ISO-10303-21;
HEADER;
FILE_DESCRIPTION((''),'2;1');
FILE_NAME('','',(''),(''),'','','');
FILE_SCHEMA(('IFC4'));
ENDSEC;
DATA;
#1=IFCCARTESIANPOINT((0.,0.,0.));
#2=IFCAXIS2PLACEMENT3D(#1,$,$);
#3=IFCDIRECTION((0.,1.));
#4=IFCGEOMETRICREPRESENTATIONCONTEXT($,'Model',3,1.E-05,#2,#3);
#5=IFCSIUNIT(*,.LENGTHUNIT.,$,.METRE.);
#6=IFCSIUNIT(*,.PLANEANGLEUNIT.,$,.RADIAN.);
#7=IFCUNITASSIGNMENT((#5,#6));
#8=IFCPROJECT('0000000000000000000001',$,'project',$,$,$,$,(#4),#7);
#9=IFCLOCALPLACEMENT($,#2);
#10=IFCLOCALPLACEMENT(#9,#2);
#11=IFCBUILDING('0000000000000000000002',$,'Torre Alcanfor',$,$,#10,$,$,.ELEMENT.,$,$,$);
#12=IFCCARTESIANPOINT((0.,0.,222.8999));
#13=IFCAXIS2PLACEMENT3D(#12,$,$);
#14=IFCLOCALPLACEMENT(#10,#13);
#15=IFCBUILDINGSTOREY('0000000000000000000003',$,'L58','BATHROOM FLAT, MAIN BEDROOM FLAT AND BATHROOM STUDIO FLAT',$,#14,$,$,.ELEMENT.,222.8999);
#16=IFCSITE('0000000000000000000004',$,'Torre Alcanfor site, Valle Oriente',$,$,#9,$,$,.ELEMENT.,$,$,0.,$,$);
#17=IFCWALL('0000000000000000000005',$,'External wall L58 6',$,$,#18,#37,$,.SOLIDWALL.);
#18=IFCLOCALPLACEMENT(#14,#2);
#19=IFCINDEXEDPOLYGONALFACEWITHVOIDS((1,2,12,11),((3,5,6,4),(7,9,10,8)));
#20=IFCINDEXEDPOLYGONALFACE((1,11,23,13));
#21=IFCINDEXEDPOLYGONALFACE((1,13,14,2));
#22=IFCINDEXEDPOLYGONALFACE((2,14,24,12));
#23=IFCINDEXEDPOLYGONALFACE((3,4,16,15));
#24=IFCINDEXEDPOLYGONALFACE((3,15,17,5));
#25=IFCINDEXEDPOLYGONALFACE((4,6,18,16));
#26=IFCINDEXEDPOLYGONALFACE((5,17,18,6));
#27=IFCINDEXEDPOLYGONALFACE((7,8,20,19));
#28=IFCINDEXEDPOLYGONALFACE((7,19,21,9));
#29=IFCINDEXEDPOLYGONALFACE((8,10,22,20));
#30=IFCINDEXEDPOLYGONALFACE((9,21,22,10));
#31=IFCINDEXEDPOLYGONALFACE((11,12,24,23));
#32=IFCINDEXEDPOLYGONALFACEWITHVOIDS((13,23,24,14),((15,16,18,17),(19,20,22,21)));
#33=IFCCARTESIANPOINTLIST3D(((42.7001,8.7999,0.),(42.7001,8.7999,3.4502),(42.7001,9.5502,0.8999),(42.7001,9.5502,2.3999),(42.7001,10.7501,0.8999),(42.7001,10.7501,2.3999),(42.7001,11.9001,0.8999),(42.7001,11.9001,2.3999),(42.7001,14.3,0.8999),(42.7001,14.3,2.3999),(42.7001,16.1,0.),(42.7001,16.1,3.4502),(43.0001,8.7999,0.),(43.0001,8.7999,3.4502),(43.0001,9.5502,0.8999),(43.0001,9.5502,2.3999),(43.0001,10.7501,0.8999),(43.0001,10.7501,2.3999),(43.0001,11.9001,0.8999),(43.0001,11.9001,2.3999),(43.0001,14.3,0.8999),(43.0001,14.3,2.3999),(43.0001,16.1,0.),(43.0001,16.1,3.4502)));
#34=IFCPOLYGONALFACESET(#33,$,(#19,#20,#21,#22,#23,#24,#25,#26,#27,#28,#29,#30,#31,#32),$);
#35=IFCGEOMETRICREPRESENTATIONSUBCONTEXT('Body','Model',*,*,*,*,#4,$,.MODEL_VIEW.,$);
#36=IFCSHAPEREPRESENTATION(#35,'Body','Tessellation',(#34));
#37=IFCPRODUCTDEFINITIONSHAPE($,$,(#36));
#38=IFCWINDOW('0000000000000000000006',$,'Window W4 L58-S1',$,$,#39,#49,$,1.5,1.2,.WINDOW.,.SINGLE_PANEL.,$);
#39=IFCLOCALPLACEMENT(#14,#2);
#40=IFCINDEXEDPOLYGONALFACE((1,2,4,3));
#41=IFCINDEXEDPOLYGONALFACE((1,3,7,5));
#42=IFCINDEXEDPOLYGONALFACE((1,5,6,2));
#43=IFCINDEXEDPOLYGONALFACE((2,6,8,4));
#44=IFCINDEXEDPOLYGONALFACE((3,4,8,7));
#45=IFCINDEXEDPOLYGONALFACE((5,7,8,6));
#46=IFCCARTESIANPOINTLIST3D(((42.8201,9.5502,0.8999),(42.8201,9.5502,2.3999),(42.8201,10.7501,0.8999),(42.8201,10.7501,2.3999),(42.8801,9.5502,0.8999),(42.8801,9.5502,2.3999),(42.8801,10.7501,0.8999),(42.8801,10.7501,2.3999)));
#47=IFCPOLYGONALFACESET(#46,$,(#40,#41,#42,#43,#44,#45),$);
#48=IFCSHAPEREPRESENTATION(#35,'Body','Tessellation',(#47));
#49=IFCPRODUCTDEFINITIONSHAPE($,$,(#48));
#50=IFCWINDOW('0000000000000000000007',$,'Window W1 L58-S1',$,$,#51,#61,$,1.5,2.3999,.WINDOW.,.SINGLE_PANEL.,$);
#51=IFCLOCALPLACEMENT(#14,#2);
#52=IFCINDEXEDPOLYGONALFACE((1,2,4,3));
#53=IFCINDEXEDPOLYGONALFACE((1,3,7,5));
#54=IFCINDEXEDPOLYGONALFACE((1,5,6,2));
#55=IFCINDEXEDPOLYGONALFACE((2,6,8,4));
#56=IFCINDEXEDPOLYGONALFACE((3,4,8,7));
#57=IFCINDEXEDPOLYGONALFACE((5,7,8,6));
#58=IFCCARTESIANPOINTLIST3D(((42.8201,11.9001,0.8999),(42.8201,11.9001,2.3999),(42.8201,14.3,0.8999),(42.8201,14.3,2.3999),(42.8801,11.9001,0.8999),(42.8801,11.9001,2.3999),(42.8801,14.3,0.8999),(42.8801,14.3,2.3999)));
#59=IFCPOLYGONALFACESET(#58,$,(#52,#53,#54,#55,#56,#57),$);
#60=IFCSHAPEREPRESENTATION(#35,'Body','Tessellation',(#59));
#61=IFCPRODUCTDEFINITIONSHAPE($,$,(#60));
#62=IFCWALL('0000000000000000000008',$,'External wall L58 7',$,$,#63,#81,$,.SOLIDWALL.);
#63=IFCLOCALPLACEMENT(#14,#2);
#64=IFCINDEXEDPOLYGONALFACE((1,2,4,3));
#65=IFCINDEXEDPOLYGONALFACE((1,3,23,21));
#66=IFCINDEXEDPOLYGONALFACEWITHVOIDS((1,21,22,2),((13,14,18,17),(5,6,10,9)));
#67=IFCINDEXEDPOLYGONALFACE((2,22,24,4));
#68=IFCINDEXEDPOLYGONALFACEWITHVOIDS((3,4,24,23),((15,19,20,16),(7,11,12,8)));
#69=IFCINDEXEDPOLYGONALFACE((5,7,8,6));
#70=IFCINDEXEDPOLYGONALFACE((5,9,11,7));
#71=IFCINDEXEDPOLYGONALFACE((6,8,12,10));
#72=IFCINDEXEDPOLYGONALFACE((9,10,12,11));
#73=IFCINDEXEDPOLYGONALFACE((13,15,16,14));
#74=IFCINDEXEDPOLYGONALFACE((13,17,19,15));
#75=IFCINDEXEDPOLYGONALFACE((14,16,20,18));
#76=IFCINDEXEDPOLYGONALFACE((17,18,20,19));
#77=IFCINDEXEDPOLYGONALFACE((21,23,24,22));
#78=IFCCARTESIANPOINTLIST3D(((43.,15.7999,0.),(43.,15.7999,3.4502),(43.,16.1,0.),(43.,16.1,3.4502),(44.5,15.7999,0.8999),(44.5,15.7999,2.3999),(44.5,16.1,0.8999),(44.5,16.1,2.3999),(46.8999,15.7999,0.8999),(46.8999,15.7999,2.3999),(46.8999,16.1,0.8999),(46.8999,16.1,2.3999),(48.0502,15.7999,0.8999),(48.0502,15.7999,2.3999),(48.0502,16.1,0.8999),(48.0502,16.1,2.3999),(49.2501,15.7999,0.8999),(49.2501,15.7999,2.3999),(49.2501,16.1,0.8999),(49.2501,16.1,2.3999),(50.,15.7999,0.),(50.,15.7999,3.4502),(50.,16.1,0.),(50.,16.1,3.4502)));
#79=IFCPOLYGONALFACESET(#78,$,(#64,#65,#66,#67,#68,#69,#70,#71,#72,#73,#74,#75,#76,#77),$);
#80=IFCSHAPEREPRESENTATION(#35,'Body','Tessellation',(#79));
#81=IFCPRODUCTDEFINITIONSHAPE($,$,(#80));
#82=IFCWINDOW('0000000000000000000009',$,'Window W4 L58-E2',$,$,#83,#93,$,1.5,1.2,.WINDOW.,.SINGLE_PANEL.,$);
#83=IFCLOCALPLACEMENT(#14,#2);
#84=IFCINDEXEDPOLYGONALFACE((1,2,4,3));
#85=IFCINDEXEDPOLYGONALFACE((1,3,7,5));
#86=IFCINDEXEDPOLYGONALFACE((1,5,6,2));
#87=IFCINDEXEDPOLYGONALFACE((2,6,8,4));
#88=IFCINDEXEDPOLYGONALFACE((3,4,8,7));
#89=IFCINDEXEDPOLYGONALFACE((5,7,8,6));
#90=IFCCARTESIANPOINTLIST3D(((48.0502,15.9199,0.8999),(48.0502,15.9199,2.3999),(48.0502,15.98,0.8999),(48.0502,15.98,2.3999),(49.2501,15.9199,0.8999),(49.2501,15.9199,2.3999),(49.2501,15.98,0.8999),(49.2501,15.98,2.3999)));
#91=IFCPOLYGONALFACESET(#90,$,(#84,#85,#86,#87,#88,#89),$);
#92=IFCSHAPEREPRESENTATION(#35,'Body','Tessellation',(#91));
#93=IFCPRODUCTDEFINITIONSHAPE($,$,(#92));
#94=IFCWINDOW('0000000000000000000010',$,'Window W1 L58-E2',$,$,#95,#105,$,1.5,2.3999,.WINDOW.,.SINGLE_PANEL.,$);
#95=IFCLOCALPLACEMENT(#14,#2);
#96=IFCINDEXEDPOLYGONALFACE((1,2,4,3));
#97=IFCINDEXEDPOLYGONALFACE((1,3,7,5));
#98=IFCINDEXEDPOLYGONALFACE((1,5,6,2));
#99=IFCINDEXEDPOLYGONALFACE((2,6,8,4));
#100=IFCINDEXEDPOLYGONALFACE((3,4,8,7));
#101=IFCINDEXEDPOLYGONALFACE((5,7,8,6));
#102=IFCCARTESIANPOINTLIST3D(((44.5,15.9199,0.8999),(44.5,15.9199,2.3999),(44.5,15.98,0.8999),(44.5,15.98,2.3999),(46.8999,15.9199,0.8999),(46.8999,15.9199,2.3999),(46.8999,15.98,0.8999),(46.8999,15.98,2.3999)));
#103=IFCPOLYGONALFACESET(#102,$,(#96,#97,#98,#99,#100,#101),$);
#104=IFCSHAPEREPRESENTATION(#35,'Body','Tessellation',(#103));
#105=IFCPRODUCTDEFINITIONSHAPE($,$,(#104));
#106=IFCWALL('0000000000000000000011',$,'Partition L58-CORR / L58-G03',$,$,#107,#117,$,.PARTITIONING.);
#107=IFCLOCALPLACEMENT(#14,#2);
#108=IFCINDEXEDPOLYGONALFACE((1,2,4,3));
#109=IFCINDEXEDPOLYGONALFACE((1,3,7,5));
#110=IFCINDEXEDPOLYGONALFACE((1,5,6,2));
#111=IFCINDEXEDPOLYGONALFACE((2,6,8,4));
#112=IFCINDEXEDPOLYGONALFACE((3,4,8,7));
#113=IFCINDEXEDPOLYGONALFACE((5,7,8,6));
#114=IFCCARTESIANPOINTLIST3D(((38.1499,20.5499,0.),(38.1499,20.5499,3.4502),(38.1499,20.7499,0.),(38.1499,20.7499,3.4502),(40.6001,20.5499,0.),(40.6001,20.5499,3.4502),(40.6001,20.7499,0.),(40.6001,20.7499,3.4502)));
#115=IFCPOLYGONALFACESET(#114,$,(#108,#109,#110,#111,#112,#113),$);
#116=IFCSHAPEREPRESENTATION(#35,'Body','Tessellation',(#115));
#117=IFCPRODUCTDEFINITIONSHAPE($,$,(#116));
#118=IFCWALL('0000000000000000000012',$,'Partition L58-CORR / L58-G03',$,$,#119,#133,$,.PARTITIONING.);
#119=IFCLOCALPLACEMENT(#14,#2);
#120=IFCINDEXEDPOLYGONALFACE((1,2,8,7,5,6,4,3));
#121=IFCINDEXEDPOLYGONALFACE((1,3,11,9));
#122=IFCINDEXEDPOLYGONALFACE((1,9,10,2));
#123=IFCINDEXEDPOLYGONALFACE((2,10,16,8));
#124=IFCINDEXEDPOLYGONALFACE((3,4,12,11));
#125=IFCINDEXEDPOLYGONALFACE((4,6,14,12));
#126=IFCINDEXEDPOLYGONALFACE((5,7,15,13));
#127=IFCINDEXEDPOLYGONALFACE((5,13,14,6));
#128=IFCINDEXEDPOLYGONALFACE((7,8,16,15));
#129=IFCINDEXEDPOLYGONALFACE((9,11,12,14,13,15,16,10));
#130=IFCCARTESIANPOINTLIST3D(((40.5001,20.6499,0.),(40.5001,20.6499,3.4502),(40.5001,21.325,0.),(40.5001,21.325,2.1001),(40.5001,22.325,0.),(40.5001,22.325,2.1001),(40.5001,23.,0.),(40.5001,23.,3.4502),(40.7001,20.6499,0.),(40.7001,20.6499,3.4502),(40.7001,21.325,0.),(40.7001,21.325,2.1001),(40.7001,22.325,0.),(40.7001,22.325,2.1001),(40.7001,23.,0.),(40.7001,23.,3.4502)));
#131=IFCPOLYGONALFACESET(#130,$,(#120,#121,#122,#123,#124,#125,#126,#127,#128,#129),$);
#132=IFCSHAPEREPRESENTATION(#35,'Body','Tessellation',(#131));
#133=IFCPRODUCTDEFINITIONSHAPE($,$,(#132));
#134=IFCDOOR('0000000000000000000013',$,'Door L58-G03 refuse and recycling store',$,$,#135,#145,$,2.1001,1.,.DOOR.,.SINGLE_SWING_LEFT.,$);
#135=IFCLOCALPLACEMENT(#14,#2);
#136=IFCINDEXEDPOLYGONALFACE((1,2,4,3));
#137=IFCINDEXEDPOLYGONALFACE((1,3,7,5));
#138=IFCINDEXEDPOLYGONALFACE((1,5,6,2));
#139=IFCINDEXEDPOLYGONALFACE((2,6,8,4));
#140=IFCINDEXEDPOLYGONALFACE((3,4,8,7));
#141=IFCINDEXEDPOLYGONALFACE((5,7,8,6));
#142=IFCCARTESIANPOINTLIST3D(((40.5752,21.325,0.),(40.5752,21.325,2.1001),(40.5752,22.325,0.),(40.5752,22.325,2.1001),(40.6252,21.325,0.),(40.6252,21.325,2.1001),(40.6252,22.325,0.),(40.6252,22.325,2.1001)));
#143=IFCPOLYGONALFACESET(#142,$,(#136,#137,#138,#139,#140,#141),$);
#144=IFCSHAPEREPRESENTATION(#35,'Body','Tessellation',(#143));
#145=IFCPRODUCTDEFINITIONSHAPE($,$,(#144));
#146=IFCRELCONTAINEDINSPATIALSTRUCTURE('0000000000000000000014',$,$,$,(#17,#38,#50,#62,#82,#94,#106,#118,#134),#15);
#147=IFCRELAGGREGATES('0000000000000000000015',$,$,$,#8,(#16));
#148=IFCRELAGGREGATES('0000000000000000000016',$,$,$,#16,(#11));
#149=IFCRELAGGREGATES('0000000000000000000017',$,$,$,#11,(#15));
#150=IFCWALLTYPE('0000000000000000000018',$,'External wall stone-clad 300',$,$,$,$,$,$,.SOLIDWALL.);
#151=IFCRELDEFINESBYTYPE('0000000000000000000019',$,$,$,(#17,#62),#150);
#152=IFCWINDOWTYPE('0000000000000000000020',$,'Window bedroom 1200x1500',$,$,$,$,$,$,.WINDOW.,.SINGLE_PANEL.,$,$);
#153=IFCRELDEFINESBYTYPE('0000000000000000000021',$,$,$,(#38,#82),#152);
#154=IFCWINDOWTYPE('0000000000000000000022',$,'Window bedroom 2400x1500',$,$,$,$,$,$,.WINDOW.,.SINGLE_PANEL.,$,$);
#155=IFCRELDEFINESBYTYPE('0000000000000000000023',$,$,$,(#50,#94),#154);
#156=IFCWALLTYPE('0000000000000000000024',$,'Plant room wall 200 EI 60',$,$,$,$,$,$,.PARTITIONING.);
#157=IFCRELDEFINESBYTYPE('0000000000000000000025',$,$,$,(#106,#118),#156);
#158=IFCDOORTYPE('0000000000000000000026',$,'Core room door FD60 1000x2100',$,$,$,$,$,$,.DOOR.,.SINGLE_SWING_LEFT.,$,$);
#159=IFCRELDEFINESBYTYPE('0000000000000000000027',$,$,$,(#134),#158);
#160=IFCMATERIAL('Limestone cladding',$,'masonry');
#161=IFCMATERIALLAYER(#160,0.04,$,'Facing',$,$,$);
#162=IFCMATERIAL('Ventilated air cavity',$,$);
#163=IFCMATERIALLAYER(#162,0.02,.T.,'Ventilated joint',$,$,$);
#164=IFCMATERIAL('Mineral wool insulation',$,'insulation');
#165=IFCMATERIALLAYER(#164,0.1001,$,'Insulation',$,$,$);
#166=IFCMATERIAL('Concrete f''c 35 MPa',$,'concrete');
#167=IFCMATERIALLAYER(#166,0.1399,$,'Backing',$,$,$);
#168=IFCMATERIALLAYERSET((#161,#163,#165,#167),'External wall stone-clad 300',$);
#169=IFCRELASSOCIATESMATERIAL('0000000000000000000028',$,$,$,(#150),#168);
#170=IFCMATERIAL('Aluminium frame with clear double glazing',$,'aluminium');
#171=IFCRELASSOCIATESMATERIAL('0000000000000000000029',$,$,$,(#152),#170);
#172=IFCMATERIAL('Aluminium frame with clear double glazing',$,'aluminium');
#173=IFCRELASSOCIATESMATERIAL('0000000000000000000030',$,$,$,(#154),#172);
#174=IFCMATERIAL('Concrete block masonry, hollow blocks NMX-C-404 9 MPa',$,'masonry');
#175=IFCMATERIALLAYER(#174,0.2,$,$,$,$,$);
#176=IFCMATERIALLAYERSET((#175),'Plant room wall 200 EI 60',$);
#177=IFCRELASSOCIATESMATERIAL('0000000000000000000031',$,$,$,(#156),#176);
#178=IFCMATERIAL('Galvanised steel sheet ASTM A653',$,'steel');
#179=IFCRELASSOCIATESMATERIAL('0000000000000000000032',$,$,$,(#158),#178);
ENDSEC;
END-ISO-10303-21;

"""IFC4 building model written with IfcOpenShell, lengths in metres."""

from ifc_helpers import new_model, si_unit, direction, frame, frame_2d, origin, place, context, subcontext, project, spatial, rectangle, extrude, material, layer, layer_set, type_object, element, fill, save


model = new_model("IFC4")

# Units and contexts
model_context = context("Model", 3, precision=1e-05, world=origin(), true_north=direction((0.0, 1.0)))
body_context = subcontext(model_context, "Body", "Model", "MODEL_VIEW")
ifc_project = project(units=[si_unit("LENGTHUNIT", "METRE"), si_unit("PLANEANGLEUNIT", "RADIAN")], contexts=[model_context])

# Site, building, storey
site_placement = place(None, origin())
site = spatial("IfcSite", under=ifc_project, at=site_placement, Name="Torre Alcanfor site, Valle Oriente", CompositionType="ELEMENT", RefElevation=0.0)
building_placement = place(site_placement, origin())
building = spatial("IfcBuilding", under=site, at=building_placement, Name="Torre Alcanfor", CompositionType="ELEMENT")
storey_placement = place(building_placement, frame((0.0, 0.0, 222.8999)))
storey = spatial("IfcBuildingStorey", under=building, at=storey_placement, Name="L58", Description="BATHROOM FLAT, MAIN BEDROOM FLAT AND BATHROOM STUDIO FLAT", CompositionType="ELEMENT", Elevation=222.8999)

# Walls, openings, windows
ifc_material_1 = material(Name="Limestone cladding", Category="masonry")
ifc_layer_1 = layer(ifc_material_1, 0.04, Name="Facing")
ifc_material_2 = material(Name="Ventilated air cavity")
ifc_layer_2 = layer(ifc_material_2, 0.02, ventilated=True, Name="Ventilated joint")
ifc_material_3 = material(Name="Mineral wool insulation", Category="insulation")
ifc_layer_3 = layer(ifc_material_3, 0.1001, Name="Insulation")
ifc_material_4 = material(Name="Concrete f'c 35 MPa", Category="concrete")
ifc_layer_4 = layer(ifc_material_4, 0.1399, Name="Backing")
ifc_layer_set_1 = layer_set([ifc_layer_1, ifc_layer_2, ifc_layer_3, ifc_layer_4], Name="External wall stone-clad 300")
wall_type_1 = type_object("IfcWallType", Name="External wall stone-clad 300", PredefinedType="SOLIDWALL", material=ifc_layer_set_1)
wall_1_placement = place(storey_placement, frame((42.8501, 8.8, 0.0), z_axis=(0.0, 0.0, 1.0), x_axis=(0.0, 1.0, 0.0)))
wall_1 = element("IfcWall", 1, at=wall_1_placement, inside=storey, type_object=wall_type_1, Name="External wall L58 6", PredefinedType="SOLIDWALL", context=body_context, shape_type="SweptSolid", body=[
    extrude(rectangle(XDim=7.3, YDim=0.3, at=frame_2d((3.6499, 0.0))), origin(), (0.0, 0.0, 1.0), 3.4502),
])
opening_1_placement = place(wall_1_placement, frame((3.1001, 0.0, 0.8999)))
opening_1 = element("IfcOpeningElement", 2, at=opening_1_placement, cuts=wall_1, PredefinedType="OPENING", context=body_context, shape_type="SweptSolid", body=[
    extrude(rectangle(XDim=2.3999, YDim=1.5, at=frame_2d((1.2, 0.75))), frame((0.0, 0.1599, 0.0), z_axis=(0.0, -1.0, 0.0), x_axis=(1.0, 0.0, 0.0)), (0.0, 0.0, 1.0), 0.3201),
])
opening_2_placement = place(wall_1_placement, frame((0.75, 0.0, 0.8999)))
opening_2 = element("IfcOpeningElement", 3, at=opening_2_placement, cuts=wall_1, PredefinedType="OPENING", context=body_context, shape_type="SweptSolid", body=[
    extrude(rectangle(XDim=1.2, YDim=1.5, at=frame_2d((0.6001, 0.75))), frame((0.0, 0.1599, 0.0), z_axis=(0.0, -1.0, 0.0), x_axis=(1.0, 0.0, 0.0)), (0.0, 0.0, 1.0), 0.3201),
])
ifc_material_5 = material(Name="Aluminium frame with clear double glazing", Category="aluminium")
window_type_1 = type_object("IfcWindowType", Name="Window bedroom 1200x1500", PartitioningType="SINGLE_PANEL", PredefinedType="WINDOW", material=ifc_material_5)
window_1_placement = place(opening_2_placement, origin())
window_1 = element("IfcWindow", 4, at=window_1_placement, inside=storey, type_object=window_type_1, Name="Window W4 L58-S1", OverallHeight=1.5, OverallWidth=1.2, PartitioningType="SINGLE_PANEL", PredefinedType="WINDOW", context=body_context, shape_type="SweptSolid", body=[
    extrude(rectangle(XDim=1.2, YDim=1.5, at=frame_2d((0.6001, 0.75))), frame((0.0, 0.03, 0.0), z_axis=(0.0, -1.0, 0.0), x_axis=(1.0, 0.0, 0.0)), (0.0, 0.0, 1.0), 0.0601),
])
fill(opening_2, window_1)
ifc_material_6 = material(Name="Aluminium frame with clear double glazing", Category="aluminium")
window_type_2 = type_object("IfcWindowType", Name="Window bedroom 2400x1500", PartitioningType="SINGLE_PANEL", PredefinedType="WINDOW", material=ifc_material_6)
window_2_placement = place(opening_1_placement, origin())
window_2 = element("IfcWindow", 5, at=window_2_placement, inside=storey, type_object=window_type_2, Name="Window W1 L58-S1", OverallHeight=1.5, OverallWidth=2.3999, PartitioningType="SINGLE_PANEL", PredefinedType="WINDOW", context=body_context, shape_type="SweptSolid", body=[
    extrude(rectangle(XDim=2.3999, YDim=1.5, at=frame_2d((1.2, 0.75))), frame((0.0, 0.03, 0.0), z_axis=(0.0, -1.0, 0.0), x_axis=(1.0, 0.0, 0.0)), (0.0, 0.0, 1.0), 0.0601),
])
fill(opening_1, window_2)
wall_2_placement = place(storey_placement, frame((43.0, 15.95, 0.0), z_axis=(0.0, 0.0, 1.0), x_axis=(1.0, 0.0, 0.0)))
wall_2 = element("IfcWall", 6, at=wall_2_placement, inside=storey, type_object=wall_type_1, Name="External wall L58 7", PredefinedType="SOLIDWALL", context=body_context, shape_type="SweptSolid", body=[
    extrude(rectangle(XDim=7.0, YDim=0.3, at=frame_2d((3.5, 0.0))), origin(), (0.0, 0.0, 1.0), 3.4502),
])
opening_3_placement = place(wall_2_placement, frame((1.5, 0.0, 0.8999)))
opening_3 = element("IfcOpeningElement", 7, at=opening_3_placement, cuts=wall_2, PredefinedType="OPENING", context=body_context, shape_type="SweptSolid", body=[
    extrude(rectangle(XDim=2.3999, YDim=1.5, at=frame_2d((1.2, 0.75))), frame((0.0, 0.1599, 0.0), z_axis=(0.0, -1.0, 0.0), x_axis=(1.0, 0.0, 0.0)), (0.0, 0.0, 1.0), 0.3201),
])
opening_4_placement = place(wall_2_placement, frame((5.05, 0.0, 0.8999)))
opening_4 = element("IfcOpeningElement", 8, at=opening_4_placement, cuts=wall_2, PredefinedType="OPENING", context=body_context, shape_type="SweptSolid", body=[
    extrude(rectangle(XDim=1.2, YDim=1.5, at=frame_2d((0.6001, 0.75))), frame((0.0, 0.1599, 0.0), z_axis=(0.0, -1.0, 0.0), x_axis=(1.0, 0.0, 0.0)), (0.0, 0.0, 1.0), 0.3201),
])
window_3_placement = place(opening_4_placement, origin())
window_3 = element("IfcWindow", 9, at=window_3_placement, inside=storey, type_object=window_type_1, Name="Window W4 L58-E2", OverallHeight=1.5, OverallWidth=1.2, PartitioningType="SINGLE_PANEL", PredefinedType="WINDOW", context=body_context, shape_type="SweptSolid", body=[
    extrude(rectangle(XDim=1.2, YDim=1.5, at=frame_2d((0.6001, 0.75))), frame((0.0, 0.03, 0.0), z_axis=(0.0, -1.0, 0.0), x_axis=(1.0, 0.0, 0.0)), (0.0, 0.0, 1.0), 0.0601),
])
fill(opening_4, window_3)
window_4_placement = place(opening_3_placement, origin())
window_4 = element("IfcWindow", 10, at=window_4_placement, inside=storey, type_object=window_type_2, Name="Window W1 L58-E2", OverallHeight=1.5, OverallWidth=2.3999, PartitioningType="SINGLE_PANEL", PredefinedType="WINDOW", context=body_context, shape_type="SweptSolid", body=[
    extrude(rectangle(XDim=2.3999, YDim=1.5, at=frame_2d((1.2, 0.75))), frame((0.0, 0.03, 0.0), z_axis=(0.0, -1.0, 0.0), x_axis=(1.0, 0.0, 0.0)), (0.0, 0.0, 1.0), 0.0601),
])
fill(opening_3, window_4)

# Wall
ifc_material_7 = material(Name="Concrete block masonry, hollow blocks NMX-C-404 9 MPa", Category="masonry")
ifc_layer_5 = layer(ifc_material_7, 0.2)
ifc_layer_set_2 = layer_set([ifc_layer_5], Name="Plant room wall 200 EI 60")
wall_type_2 = type_object("IfcWallType", Name="Plant room wall 200 EI 60", PredefinedType="PARTITIONING", material=ifc_layer_set_2)
wall_3_placement = place(storey_placement, frame((38.1499, 20.6499, 0.0), z_axis=(0.0, 0.0, 1.0), x_axis=(1.0, 0.0, 0.0)))
element("IfcWall", 11, at=wall_3_placement, inside=storey, type_object=wall_type_2, Name="Partition L58-CORR / L58-G03", PredefinedType="PARTITIONING", context=body_context, shape_type="SweptSolid", body=[
    extrude(rectangle(XDim=2.4502, YDim=0.2, at=frame_2d((1.2251, 0.0))), origin(), (0.0, 0.0, 1.0), 3.4502),
])

# Wall, opening, door
wall_4_placement = place(storey_placement, frame((40.6001, 20.6499, 0.0), z_axis=(0.0, 0.0, 1.0), x_axis=(0.0, 1.0, 0.0)))
wall_4 = element("IfcWall", 12, at=wall_4_placement, inside=storey, type_object=wall_type_2, Name="Partition L58-CORR / L58-G03", PredefinedType="PARTITIONING", context=body_context, shape_type="SweptSolid", body=[
    extrude(rectangle(XDim=2.3501, YDim=0.2, at=frame_2d((1.175, 0.0))), origin(), (0.0, 0.0, 1.0), 3.4502),
])
opening_5_placement = place(wall_4_placement, frame((0.675, 0.0, 0.0)))
opening_5 = element("IfcOpeningElement", 13, at=opening_5_placement, cuts=wall_4, PredefinedType="OPENING", context=body_context, shape_type="SweptSolid", body=[
    extrude(rectangle(XDim=1.0, YDim=2.1001, at=frame_2d((0.5, 1.05))), frame((0.0, 0.1099, 0.0), z_axis=(0.0, -1.0, 0.0), x_axis=(1.0, 0.0, 0.0)), (0.0, 0.0, 1.0), 0.22),
])
ifc_material_8 = material(Name="Galvanised steel sheet ASTM A653", Category="steel")
door_type = type_object("IfcDoorType", Name="Core room door FD60 1000x2100", OperationType="SINGLE_SWING_LEFT", PredefinedType="DOOR", material=ifc_material_8)
door_placement = place(opening_5_placement, origin())
door = element("IfcDoor", 14, at=door_placement, inside=storey, type_object=door_type, Name="Door L58-G03 refuse and recycling store", OperationType="SINGLE_SWING_LEFT", OverallHeight=2.1001, OverallWidth=1.0, PredefinedType="DOOR", context=body_context, shape_type="SweptSolid", body=[
    extrude(rectangle(XDim=1.0, YDim=2.1001, at=frame_2d((0.5, 1.05))), frame((0.0, 0.0249, 0.0), z_axis=(0.0, -1.0, 0.0), x_axis=(1.0, 0.0, 0.0)), (0.0, 0.0, 1.0), 0.05),
])
fill(opening_5, door)

save(model, "model.ifc")
